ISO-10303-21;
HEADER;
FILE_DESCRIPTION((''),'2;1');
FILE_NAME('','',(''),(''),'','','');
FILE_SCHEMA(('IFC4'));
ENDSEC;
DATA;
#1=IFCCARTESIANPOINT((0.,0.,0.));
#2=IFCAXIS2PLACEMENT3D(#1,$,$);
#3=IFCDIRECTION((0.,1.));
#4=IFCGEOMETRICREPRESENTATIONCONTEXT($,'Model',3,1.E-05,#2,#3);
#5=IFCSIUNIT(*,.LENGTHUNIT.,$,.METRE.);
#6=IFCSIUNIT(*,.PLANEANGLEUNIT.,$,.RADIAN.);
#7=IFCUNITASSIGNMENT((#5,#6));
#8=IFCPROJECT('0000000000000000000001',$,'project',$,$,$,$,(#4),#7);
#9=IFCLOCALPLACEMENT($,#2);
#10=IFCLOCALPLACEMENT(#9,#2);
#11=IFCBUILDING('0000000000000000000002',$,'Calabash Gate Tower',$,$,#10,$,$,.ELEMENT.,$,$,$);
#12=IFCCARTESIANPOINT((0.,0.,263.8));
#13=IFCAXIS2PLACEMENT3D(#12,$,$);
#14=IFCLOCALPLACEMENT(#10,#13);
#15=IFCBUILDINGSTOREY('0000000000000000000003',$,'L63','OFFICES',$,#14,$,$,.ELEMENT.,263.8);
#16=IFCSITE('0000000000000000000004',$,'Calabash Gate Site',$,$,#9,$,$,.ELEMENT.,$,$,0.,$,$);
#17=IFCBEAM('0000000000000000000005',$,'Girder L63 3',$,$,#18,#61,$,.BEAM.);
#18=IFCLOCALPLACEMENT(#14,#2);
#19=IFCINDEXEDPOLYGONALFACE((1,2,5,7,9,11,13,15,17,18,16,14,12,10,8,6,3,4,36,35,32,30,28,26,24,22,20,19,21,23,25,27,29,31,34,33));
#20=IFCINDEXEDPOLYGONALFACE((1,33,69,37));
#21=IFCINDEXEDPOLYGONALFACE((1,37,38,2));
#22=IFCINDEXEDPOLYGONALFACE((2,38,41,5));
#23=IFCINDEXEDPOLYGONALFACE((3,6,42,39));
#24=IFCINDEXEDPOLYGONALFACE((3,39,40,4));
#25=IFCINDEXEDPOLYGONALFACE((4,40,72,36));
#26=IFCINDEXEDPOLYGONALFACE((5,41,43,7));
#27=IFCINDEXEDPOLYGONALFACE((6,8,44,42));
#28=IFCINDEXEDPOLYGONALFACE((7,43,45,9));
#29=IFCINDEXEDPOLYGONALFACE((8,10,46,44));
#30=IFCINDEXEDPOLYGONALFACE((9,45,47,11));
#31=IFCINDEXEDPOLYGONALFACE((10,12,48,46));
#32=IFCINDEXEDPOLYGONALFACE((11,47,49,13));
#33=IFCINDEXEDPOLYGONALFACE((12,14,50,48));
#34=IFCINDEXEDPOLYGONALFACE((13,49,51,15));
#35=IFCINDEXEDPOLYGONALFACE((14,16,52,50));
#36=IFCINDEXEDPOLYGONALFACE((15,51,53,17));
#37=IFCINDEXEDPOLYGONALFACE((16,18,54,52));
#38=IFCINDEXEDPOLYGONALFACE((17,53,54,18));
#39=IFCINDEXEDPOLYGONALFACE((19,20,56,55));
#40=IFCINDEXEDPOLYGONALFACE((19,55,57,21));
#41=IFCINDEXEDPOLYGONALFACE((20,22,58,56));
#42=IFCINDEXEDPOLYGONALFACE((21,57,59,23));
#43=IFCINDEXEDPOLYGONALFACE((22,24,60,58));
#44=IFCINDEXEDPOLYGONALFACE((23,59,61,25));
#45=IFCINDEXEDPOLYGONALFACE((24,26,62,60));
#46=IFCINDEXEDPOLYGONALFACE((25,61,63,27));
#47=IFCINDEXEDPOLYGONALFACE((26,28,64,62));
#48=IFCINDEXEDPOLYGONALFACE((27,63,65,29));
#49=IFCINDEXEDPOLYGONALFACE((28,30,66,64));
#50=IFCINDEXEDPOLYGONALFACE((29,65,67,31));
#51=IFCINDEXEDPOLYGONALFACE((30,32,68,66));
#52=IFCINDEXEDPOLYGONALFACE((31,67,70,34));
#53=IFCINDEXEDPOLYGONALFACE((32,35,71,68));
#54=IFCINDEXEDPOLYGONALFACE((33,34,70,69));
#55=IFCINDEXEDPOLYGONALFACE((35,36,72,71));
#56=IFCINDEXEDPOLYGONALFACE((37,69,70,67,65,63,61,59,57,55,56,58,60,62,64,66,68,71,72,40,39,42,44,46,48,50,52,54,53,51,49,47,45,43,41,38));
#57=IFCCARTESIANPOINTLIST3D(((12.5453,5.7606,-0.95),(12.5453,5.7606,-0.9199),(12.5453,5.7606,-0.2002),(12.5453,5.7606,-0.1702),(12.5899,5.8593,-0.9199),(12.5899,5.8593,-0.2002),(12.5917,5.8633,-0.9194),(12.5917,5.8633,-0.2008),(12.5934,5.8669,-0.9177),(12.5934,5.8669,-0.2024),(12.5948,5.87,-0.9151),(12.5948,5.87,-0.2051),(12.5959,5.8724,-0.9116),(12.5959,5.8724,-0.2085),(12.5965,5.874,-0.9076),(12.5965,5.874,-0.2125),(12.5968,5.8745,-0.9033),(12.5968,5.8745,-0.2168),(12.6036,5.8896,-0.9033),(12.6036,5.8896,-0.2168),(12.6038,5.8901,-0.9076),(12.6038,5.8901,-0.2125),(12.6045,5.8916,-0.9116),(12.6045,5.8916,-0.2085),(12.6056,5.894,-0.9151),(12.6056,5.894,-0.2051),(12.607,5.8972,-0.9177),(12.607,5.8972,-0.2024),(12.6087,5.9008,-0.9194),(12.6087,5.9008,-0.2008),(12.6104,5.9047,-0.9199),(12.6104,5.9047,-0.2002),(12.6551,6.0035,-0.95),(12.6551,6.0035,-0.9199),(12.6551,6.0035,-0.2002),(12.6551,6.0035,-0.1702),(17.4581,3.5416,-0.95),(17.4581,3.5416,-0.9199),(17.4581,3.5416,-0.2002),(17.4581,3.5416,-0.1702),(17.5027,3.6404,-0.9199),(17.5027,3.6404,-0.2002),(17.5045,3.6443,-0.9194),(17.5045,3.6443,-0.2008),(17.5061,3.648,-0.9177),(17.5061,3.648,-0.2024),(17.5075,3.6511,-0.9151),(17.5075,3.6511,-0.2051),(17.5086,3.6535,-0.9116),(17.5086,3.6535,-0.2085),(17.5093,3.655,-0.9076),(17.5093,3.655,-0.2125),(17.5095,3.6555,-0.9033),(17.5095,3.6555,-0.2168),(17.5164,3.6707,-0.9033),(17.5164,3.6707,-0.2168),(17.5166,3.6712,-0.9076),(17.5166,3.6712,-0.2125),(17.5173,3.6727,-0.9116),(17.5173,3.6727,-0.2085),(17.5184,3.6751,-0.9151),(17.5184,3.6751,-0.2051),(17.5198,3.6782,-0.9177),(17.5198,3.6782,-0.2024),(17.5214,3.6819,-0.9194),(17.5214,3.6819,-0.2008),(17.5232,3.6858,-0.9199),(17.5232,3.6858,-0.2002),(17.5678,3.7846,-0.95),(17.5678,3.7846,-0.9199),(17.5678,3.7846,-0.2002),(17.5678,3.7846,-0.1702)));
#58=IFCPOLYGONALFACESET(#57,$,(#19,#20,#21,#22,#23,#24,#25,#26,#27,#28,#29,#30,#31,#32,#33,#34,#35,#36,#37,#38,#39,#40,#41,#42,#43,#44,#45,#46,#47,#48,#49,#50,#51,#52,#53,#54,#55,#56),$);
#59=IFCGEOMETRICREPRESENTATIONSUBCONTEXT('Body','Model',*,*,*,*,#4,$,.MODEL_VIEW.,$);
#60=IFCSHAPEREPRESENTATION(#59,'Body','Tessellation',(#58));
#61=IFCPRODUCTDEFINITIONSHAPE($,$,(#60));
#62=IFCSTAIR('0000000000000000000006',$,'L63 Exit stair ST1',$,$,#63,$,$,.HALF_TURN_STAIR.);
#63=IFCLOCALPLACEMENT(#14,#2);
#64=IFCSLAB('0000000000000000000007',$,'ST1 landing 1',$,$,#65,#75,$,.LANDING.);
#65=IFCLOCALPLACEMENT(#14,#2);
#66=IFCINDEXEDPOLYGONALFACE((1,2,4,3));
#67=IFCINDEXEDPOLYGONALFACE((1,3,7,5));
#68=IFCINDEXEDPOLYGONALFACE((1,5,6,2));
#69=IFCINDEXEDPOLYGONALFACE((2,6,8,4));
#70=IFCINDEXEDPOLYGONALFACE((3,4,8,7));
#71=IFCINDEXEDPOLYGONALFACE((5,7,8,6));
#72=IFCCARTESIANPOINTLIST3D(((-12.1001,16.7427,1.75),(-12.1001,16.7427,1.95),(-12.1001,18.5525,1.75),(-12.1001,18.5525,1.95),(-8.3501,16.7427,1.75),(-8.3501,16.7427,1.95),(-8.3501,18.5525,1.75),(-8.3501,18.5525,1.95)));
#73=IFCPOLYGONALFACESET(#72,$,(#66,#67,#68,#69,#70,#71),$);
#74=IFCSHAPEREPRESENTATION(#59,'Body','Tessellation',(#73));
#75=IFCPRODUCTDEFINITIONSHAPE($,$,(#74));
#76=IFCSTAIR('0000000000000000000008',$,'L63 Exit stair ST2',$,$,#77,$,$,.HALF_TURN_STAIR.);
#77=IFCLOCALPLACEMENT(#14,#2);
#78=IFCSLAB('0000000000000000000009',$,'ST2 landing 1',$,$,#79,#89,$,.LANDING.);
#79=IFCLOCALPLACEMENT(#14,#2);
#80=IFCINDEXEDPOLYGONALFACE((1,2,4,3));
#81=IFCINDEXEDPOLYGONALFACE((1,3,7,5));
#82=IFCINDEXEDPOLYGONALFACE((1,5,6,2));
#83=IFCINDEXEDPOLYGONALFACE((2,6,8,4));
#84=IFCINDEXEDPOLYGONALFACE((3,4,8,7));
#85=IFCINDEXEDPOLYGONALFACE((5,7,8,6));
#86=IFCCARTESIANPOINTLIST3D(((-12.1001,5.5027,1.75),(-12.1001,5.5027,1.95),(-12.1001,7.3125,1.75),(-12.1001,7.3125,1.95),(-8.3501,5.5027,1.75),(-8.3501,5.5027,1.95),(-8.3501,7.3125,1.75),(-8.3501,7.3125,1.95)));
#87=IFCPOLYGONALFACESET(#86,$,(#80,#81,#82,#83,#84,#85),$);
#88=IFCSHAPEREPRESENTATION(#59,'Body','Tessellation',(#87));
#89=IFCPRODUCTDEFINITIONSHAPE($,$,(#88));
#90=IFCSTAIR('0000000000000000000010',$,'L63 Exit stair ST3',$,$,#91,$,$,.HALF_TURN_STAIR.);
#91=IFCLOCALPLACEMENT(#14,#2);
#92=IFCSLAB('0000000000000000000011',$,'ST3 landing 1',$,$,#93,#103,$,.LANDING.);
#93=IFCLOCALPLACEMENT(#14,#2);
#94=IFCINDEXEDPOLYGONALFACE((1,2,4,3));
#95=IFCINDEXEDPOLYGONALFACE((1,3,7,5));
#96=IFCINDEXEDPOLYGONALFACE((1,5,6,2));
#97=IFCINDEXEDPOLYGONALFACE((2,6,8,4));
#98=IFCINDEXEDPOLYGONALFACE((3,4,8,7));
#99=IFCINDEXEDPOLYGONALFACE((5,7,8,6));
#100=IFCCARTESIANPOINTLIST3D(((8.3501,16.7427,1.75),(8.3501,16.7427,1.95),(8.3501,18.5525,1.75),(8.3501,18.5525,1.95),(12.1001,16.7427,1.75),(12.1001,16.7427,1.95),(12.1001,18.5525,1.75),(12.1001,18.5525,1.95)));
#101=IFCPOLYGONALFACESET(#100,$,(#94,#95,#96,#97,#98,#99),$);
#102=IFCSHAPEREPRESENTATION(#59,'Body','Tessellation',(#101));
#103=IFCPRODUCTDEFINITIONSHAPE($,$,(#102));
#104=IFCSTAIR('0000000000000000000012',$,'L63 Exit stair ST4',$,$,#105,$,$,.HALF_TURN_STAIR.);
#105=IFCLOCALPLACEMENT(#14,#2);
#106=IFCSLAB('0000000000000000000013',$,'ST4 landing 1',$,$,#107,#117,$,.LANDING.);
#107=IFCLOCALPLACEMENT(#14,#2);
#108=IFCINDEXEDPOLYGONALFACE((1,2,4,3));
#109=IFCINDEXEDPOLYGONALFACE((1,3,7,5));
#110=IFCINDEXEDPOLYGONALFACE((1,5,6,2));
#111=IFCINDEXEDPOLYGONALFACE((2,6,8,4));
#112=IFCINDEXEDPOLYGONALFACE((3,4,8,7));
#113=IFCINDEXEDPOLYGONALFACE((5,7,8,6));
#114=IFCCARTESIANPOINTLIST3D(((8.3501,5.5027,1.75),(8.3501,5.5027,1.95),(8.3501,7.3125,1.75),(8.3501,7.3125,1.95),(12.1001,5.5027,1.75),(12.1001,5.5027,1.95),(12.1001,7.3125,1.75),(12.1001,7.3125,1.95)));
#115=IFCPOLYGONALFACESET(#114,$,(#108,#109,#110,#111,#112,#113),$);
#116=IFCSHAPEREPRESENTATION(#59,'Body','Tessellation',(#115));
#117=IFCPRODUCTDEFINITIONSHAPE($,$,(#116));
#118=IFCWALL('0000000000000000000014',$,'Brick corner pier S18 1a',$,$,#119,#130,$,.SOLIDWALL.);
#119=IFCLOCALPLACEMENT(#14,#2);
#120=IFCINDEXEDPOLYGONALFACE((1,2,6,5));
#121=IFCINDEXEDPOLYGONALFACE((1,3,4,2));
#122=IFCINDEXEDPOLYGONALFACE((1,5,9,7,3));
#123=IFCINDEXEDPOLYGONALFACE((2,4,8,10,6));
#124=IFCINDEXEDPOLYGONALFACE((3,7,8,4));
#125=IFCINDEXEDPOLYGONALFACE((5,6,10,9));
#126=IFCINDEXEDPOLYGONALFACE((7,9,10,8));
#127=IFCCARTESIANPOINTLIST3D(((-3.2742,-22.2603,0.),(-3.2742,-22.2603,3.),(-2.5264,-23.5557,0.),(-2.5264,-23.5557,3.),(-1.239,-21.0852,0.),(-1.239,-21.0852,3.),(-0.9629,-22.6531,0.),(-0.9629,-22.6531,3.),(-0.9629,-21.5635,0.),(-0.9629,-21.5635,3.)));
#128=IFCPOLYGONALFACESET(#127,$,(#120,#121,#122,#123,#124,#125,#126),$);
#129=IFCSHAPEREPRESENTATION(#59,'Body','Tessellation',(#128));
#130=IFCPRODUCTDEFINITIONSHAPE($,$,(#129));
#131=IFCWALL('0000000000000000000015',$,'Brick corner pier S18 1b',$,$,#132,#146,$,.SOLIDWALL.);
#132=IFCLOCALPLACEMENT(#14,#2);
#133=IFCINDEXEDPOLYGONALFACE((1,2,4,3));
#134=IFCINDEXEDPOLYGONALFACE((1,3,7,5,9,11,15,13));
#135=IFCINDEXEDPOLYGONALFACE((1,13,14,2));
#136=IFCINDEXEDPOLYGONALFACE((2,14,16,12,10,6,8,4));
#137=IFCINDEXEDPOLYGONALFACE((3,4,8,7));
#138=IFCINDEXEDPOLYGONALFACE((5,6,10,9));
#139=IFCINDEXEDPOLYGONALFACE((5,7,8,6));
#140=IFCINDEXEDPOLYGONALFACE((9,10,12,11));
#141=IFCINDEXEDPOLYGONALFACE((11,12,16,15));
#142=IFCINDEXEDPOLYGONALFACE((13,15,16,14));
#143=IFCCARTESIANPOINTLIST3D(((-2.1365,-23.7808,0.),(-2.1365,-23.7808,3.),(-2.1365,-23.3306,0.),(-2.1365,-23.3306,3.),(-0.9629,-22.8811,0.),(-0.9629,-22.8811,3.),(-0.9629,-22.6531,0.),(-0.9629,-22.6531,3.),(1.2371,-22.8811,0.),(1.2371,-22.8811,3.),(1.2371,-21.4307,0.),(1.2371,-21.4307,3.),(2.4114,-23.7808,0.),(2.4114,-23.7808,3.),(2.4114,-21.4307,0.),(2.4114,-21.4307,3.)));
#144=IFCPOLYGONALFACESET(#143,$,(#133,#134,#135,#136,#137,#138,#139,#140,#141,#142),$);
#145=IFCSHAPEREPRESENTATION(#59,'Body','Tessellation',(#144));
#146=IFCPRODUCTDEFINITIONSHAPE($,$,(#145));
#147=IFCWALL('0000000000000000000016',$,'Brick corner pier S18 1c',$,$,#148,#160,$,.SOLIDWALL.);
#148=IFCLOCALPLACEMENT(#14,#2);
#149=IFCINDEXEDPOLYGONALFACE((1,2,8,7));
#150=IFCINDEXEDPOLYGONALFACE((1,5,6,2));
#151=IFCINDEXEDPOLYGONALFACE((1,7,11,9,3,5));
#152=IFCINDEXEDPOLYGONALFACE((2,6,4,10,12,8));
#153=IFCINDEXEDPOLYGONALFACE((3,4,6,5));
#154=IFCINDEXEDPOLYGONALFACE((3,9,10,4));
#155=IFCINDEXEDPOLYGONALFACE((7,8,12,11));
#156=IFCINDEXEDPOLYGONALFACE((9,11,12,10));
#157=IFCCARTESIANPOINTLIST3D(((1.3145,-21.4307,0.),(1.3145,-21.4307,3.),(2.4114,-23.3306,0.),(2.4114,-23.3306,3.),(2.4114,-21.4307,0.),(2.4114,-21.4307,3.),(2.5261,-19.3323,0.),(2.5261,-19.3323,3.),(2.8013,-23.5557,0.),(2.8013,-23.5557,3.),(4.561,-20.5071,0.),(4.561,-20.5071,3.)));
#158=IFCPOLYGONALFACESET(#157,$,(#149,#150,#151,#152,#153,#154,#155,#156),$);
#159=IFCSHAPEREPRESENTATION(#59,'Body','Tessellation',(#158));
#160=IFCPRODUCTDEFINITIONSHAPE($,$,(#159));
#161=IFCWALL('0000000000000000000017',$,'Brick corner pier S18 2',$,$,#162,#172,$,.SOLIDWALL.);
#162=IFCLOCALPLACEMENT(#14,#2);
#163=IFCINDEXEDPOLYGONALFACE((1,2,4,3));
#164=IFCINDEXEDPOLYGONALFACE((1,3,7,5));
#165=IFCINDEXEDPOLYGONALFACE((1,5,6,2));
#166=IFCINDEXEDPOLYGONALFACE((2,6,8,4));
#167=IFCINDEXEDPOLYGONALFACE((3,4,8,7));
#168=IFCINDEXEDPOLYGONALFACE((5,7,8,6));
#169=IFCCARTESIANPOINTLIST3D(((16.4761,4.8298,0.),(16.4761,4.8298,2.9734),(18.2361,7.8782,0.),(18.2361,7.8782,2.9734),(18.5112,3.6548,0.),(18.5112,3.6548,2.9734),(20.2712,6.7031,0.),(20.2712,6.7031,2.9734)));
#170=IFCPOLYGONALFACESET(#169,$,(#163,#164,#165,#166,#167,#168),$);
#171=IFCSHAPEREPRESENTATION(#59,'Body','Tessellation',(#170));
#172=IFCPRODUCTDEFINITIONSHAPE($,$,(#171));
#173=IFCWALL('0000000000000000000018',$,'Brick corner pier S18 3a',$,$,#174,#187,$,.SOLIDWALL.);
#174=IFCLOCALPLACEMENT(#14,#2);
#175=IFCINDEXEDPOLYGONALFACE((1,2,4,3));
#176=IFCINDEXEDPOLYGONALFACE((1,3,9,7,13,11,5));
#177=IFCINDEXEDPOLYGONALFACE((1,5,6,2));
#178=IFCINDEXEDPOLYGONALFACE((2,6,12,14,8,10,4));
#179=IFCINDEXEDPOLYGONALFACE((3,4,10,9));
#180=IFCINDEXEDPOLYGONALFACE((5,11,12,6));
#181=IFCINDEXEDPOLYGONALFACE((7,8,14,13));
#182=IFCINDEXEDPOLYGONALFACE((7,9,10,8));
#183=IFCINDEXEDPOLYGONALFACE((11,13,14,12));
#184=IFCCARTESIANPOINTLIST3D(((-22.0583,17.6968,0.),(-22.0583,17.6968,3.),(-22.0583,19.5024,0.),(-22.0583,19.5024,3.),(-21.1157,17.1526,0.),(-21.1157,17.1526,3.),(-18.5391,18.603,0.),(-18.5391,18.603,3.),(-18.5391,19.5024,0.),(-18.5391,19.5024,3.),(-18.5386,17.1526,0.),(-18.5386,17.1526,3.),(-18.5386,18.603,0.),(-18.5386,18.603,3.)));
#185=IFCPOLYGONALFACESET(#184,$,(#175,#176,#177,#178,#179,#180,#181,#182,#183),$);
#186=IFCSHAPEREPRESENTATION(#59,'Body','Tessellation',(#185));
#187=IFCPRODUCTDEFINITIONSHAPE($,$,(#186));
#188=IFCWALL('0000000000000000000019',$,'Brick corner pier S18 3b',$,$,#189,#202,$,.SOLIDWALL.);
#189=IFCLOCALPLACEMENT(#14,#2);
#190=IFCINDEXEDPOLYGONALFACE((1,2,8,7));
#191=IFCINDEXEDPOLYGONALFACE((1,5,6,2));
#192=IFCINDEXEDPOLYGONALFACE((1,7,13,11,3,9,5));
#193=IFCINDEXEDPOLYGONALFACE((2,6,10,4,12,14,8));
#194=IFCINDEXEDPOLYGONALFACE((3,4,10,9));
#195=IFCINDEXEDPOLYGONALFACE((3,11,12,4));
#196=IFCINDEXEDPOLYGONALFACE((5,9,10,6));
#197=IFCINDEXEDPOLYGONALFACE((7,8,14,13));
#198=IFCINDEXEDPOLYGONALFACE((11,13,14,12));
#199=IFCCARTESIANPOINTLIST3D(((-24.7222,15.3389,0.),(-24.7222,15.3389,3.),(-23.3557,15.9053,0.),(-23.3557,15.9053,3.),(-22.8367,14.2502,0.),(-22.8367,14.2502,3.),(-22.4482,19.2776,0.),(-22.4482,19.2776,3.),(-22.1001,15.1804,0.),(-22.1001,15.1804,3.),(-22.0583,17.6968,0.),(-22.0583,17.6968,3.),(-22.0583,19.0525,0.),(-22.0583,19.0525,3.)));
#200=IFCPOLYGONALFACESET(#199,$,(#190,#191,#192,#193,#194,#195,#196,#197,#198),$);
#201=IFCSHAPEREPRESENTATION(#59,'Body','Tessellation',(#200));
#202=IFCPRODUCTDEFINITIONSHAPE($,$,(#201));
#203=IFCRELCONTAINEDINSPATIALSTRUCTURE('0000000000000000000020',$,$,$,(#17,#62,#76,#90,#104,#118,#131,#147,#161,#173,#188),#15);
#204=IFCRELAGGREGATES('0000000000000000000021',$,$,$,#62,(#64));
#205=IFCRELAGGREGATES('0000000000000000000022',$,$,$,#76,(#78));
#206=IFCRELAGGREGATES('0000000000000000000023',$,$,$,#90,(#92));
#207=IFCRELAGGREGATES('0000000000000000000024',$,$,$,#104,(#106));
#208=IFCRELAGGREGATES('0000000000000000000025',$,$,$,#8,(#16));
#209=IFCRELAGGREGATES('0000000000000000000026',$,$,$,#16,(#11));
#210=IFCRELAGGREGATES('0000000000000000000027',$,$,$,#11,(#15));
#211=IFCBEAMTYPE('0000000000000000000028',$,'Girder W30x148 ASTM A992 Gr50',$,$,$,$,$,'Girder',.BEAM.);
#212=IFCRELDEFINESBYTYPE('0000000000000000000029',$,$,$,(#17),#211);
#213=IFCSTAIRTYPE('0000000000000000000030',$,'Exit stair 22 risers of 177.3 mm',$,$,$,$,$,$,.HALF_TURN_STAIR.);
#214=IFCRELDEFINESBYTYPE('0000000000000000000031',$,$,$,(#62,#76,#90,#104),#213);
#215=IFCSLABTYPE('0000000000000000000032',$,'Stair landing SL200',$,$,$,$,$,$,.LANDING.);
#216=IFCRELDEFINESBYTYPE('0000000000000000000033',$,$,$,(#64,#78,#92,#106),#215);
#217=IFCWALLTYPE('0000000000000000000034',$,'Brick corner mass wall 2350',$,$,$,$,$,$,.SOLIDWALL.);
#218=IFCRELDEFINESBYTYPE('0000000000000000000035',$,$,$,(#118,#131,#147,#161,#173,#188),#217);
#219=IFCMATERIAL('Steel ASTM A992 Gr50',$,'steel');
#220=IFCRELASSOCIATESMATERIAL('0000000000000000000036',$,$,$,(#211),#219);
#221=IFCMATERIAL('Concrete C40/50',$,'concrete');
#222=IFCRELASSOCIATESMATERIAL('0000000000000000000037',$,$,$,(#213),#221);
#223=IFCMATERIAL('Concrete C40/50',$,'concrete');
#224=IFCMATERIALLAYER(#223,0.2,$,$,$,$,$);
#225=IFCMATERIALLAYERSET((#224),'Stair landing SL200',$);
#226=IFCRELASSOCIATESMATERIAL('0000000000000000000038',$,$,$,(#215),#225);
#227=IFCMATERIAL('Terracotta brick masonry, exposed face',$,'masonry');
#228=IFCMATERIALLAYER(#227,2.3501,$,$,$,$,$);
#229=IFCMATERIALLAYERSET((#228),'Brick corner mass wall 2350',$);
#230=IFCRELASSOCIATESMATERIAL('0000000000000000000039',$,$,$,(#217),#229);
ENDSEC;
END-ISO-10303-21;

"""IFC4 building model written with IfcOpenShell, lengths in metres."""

from ifc_helpers import new_model, si_unit, direction, frame, origin, origin_2d, place, context, subcontext, project, spatial, polyline, i_section, outline, extrude, material, layer, layer_set, material_profile, profile_set, type_object, element, aggregate, save


model = new_model("IFC4")

# Units and contexts
model_context = context("Model", 3, precision=1e-05, world=origin(), true_north=direction((0.0, 1.0)))
body_context = subcontext(model_context, "Body", "Model", "MODEL_VIEW")
ifc_project = project(units=[si_unit("LENGTHUNIT", "METRE"), si_unit("PLANEANGLEUNIT", "RADIAN")], contexts=[model_context])

# Site, building, storey
site_placement = place(None, origin())
site = spatial("IfcSite", under=ifc_project, at=site_placement, Name="Calabash Gate Site", CompositionType="ELEMENT", RefElevation=0.0)
building_placement = place(site_placement, origin())
building = spatial("IfcBuilding", under=site, at=building_placement, Name="Calabash Gate Tower", CompositionType="ELEMENT")
storey_placement = place(building_placement, frame((0.0, 0.0, 263.8)))
storey = spatial("IfcBuildingStorey", under=building, at=storey_placement, Name="L63", Description="OFFICES", CompositionType="ELEMENT", Elevation=263.8)

# Beam
ifc_material_1 = material(Name="Steel ASTM A992 Gr50", Category="steel")
ifc_material_profile_1 = material_profile(ifc_material_1, i_section(OverallWidth=0.2666, OverallDepth=0.7798, WebThickness=0.0166, FlangeThickness=0.03, FilletRadius=0.0166, at=origin_2d()))
ifc_profile_set_1 = profile_set([ifc_material_profile_1], Name="Steel ASTM A992 Gr50")
beam_type_1 = type_object("IfcBeamType", Name="Girder W30x148 ASTM A992 Gr50", ElementType="Girder", PredefinedType="BEAM", material=ifc_profile_set_1)
beam_1_placement = place(storey_placement, frame((17.5129, 3.6631, -0.5601), z_axis=(-0.91135, 0.411632, 0.0), x_axis=(-0.411632, -0.91135, 0.0)))
element("IfcBeam", 1, at=beam_1_placement, inside=storey, type_object=beam_type_1, Name="Girder L63 3", PredefinedType="BEAM", context=body_context, shape_type="SweptSolid", body=[
    extrude(i_section(OverallWidth=0.2666, OverallDepth=0.7798, WebThickness=0.0166, FlangeThickness=0.03, FilletRadius=0.0166, at=origin_2d()), origin(), (0.0, 0.0, 1.0), 5.3906),
])

# Stairs, slabs
ifc_material_2 = material(Name="Concrete C40/50", Category="concrete")
stair_type = type_object("IfcStairType", Name="Exit stair 22 risers of 177.3 mm", PredefinedType="HALF_TURN_STAIR", material=ifc_material_2)
stair_1_placement = place(storey_placement, origin())
stair_1 = element("IfcStair", 2, at=stair_1_placement, inside=storey, type_object=stair_type, Name="L63 Exit stair ST1", PredefinedType="HALF_TURN_STAIR")
ifc_material_3 = material(Name="Concrete C40/50", Category="concrete")
ifc_layer_1 = layer(ifc_material_3, 0.2)
ifc_layer_set_1 = layer_set([ifc_layer_1], Name="Stair landing SL200")
slab_type = type_object("IfcSlabType", Name="Stair landing SL200", PredefinedType="LANDING", material=ifc_layer_set_1)
slab_1_placement = place(storey_placement, frame((0.0, 0.0, 1.75)))
slab_1 = element("IfcSlab", 3, at=slab_1_placement, type_object=slab_type, Name="ST1 landing 1", PredefinedType="LANDING", context=body_context, shape_type="SweptSolid", body=[
    extrude(outline(polyline([(-8.3501, 16.7427), (-8.3501, 18.5525), (-12.1001, 18.5525), (-12.1001, 16.7427), (-8.3501, 16.7427)])), origin(), (0.0, 0.0, 1.0), 0.2),
])
aggregate(stair_1, [slab_1])
stair_2_placement = place(storey_placement, origin())
stair_2 = element("IfcStair", 4, at=stair_2_placement, inside=storey, type_object=stair_type, Name="L63 Exit stair ST2", PredefinedType="HALF_TURN_STAIR")
slab_2_placement = place(storey_placement, frame((0.0, 0.0, 1.75)))
slab_2 = element("IfcSlab", 5, at=slab_2_placement, type_object=slab_type, Name="ST2 landing 1", PredefinedType="LANDING", context=body_context, shape_type="SweptSolid", body=[
    extrude(outline(polyline([(-12.1001, 7.3125), (-12.1001, 5.5027), (-8.3501, 5.5027), (-8.3501, 7.3125), (-12.1001, 7.3125)])), origin(), (0.0, 0.0, 1.0), 0.2),
])
aggregate(stair_2, [slab_2])
stair_3_placement = place(storey_placement, origin())
stair_3 = element("IfcStair", 6, at=stair_3_placement, inside=storey, type_object=stair_type, Name="L63 Exit stair ST3", PredefinedType="HALF_TURN_STAIR")
slab_3_placement = place(storey_placement, frame((0.0, 0.0, 1.75)))
slab_3 = element("IfcSlab", 7, at=slab_3_placement, type_object=slab_type, Name="ST3 landing 1", PredefinedType="LANDING", context=body_context, shape_type="SweptSolid", body=[
    extrude(outline(polyline([(12.1001, 16.7427), (12.1001, 18.5525), (8.3501, 18.5525), (8.3501, 16.7427), (12.1001, 16.7427)])), origin(), (0.0, 0.0, 1.0), 0.2),
])
aggregate(stair_3, [slab_3])
stair_4_placement = place(storey_placement, origin())
stair_4 = element("IfcStair", 8, at=stair_4_placement, inside=storey, type_object=stair_type, Name="L63 Exit stair ST4", PredefinedType="HALF_TURN_STAIR")
slab_4_placement = place(storey_placement, frame((0.0, 0.0, 1.75)))
slab_4 = element("IfcSlab", 9, at=slab_4_placement, type_object=slab_type, Name="ST4 landing 1", PredefinedType="LANDING", context=body_context, shape_type="SweptSolid", body=[
    extrude(outline(polyline([(8.3501, 7.3125), (8.3501, 5.5027), (12.1001, 5.5027), (12.1001, 7.3125), (8.3501, 7.3125)])), origin(), (0.0, 0.0, 1.0), 0.2),
])
aggregate(stair_4, [slab_4])

# Walls
ifc_material_4 = material(Name="Terracotta brick masonry, exposed face", Category="masonry")
ifc_layer_2 = layer(ifc_material_4, 2.3501)
ifc_layer_set_2 = layer_set([ifc_layer_2], Name="Brick corner mass wall 2350")
wall_type_1 = type_object("IfcWallType", Name="Brick corner mass wall 2350", PredefinedType="SOLIDWALL", material=ifc_layer_set_2)
wall_1_placement = place(storey_placement, origin())
element("IfcWall", 10, at=wall_1_placement, inside=storey, type_object=wall_type_1, Name="Brick corner pier S18 1a", PredefinedType="SOLIDWALL", context=body_context, shape_type="SweptSolid", body=[
    extrude(outline(polyline([(-1.239, -21.0852), (-3.2742, -22.2603), (-2.5264, -23.5557), (-0.9629, -22.6531), (-0.9629, -21.5635), (-1.239, -21.0852)])), origin(), (0.0, 0.0, 1.0), 3.0),
])
wall_2_placement = place(storey_placement, origin())
element("IfcWall", 11, at=wall_2_placement, inside=storey, type_object=wall_type_1, Name="Brick corner pier S18 1b", PredefinedType="SOLIDWALL", context=body_context, shape_type="SweptSolid", body=[
    extrude(outline(polyline([(-0.9629, -22.8811), (-0.9629, -22.6531), (-2.1365, -23.3306), (-2.1365, -23.7808), (2.4114, -23.7808), (2.4114, -21.4307), (1.2371, -21.4307), (1.2371, -22.8811), (-0.9629, -22.8811)])), origin(), (0.0, 0.0, 1.0), 3.0),
])
wall_3_placement = place(storey_placement, origin())
element("IfcWall", 12, at=wall_3_placement, inside=storey, type_object=wall_type_1, Name="Brick corner pier S18 1c", PredefinedType="SOLIDWALL", context=body_context, shape_type="SweptSolid", body=[
    extrude(outline(polyline([(4.561, -20.5071), (2.5261, -19.3323), (1.3145, -21.4307), (2.4114, -21.4307), (2.4114, -23.3306), (2.8013, -23.5557), (4.561, -20.5071)])), origin(), (0.0, 0.0, 1.0), 3.0),
])
wall_4_placement = place(storey_placement, origin())
element("IfcWall", 13, at=wall_4_placement, inside=storey, type_object=wall_type_1, Name="Brick corner pier S18 2", PredefinedType="SOLIDWALL", context=body_context, shape_type="SweptSolid", body=[
    extrude(outline(polyline([(18.2361, 7.8782), (16.4761, 4.8298), (18.5112, 3.6548), (20.2712, 6.7031), (18.2361, 7.8782)])), origin(), (0.0, 0.0, 1.0), 2.9734),
])
wall_5_placement = place(storey_placement, origin())
element("IfcWall", 14, at=wall_5_placement, inside=storey, type_object=wall_type_1, Name="Brick corner pier S18 3a", PredefinedType="SOLIDWALL", context=body_context, shape_type="SweptSolid", body=[
    extrude(outline(polyline([(-21.1157, 17.1526), (-18.5386, 17.1526), (-18.5386, 18.603), (-18.5391, 18.603), (-18.5391, 19.5024), (-22.0583, 19.5024), (-22.0583, 17.6968), (-21.1157, 17.1526)])), origin(), (0.0, 0.0, 1.0), 3.0),
])
wall_6_placement = place(storey_placement, origin())
element("IfcWall", 15, at=wall_6_placement, inside=storey, type_object=wall_type_1, Name="Brick corner pier S18 3b", PredefinedType="SOLIDWALL", context=body_context, shape_type="SweptSolid", body=[
    extrude(outline(polyline([(-23.3557, 15.9053), (-22.0583, 17.6968), (-22.0583, 19.0525), (-22.4482, 19.2776), (-24.7222, 15.3389), (-22.8367, 14.2502), (-22.1001, 15.1804), (-23.3557, 15.9053)])), origin(), (0.0, 0.0, 1.0), 3.0),
])

save(model, "model.ifc")
